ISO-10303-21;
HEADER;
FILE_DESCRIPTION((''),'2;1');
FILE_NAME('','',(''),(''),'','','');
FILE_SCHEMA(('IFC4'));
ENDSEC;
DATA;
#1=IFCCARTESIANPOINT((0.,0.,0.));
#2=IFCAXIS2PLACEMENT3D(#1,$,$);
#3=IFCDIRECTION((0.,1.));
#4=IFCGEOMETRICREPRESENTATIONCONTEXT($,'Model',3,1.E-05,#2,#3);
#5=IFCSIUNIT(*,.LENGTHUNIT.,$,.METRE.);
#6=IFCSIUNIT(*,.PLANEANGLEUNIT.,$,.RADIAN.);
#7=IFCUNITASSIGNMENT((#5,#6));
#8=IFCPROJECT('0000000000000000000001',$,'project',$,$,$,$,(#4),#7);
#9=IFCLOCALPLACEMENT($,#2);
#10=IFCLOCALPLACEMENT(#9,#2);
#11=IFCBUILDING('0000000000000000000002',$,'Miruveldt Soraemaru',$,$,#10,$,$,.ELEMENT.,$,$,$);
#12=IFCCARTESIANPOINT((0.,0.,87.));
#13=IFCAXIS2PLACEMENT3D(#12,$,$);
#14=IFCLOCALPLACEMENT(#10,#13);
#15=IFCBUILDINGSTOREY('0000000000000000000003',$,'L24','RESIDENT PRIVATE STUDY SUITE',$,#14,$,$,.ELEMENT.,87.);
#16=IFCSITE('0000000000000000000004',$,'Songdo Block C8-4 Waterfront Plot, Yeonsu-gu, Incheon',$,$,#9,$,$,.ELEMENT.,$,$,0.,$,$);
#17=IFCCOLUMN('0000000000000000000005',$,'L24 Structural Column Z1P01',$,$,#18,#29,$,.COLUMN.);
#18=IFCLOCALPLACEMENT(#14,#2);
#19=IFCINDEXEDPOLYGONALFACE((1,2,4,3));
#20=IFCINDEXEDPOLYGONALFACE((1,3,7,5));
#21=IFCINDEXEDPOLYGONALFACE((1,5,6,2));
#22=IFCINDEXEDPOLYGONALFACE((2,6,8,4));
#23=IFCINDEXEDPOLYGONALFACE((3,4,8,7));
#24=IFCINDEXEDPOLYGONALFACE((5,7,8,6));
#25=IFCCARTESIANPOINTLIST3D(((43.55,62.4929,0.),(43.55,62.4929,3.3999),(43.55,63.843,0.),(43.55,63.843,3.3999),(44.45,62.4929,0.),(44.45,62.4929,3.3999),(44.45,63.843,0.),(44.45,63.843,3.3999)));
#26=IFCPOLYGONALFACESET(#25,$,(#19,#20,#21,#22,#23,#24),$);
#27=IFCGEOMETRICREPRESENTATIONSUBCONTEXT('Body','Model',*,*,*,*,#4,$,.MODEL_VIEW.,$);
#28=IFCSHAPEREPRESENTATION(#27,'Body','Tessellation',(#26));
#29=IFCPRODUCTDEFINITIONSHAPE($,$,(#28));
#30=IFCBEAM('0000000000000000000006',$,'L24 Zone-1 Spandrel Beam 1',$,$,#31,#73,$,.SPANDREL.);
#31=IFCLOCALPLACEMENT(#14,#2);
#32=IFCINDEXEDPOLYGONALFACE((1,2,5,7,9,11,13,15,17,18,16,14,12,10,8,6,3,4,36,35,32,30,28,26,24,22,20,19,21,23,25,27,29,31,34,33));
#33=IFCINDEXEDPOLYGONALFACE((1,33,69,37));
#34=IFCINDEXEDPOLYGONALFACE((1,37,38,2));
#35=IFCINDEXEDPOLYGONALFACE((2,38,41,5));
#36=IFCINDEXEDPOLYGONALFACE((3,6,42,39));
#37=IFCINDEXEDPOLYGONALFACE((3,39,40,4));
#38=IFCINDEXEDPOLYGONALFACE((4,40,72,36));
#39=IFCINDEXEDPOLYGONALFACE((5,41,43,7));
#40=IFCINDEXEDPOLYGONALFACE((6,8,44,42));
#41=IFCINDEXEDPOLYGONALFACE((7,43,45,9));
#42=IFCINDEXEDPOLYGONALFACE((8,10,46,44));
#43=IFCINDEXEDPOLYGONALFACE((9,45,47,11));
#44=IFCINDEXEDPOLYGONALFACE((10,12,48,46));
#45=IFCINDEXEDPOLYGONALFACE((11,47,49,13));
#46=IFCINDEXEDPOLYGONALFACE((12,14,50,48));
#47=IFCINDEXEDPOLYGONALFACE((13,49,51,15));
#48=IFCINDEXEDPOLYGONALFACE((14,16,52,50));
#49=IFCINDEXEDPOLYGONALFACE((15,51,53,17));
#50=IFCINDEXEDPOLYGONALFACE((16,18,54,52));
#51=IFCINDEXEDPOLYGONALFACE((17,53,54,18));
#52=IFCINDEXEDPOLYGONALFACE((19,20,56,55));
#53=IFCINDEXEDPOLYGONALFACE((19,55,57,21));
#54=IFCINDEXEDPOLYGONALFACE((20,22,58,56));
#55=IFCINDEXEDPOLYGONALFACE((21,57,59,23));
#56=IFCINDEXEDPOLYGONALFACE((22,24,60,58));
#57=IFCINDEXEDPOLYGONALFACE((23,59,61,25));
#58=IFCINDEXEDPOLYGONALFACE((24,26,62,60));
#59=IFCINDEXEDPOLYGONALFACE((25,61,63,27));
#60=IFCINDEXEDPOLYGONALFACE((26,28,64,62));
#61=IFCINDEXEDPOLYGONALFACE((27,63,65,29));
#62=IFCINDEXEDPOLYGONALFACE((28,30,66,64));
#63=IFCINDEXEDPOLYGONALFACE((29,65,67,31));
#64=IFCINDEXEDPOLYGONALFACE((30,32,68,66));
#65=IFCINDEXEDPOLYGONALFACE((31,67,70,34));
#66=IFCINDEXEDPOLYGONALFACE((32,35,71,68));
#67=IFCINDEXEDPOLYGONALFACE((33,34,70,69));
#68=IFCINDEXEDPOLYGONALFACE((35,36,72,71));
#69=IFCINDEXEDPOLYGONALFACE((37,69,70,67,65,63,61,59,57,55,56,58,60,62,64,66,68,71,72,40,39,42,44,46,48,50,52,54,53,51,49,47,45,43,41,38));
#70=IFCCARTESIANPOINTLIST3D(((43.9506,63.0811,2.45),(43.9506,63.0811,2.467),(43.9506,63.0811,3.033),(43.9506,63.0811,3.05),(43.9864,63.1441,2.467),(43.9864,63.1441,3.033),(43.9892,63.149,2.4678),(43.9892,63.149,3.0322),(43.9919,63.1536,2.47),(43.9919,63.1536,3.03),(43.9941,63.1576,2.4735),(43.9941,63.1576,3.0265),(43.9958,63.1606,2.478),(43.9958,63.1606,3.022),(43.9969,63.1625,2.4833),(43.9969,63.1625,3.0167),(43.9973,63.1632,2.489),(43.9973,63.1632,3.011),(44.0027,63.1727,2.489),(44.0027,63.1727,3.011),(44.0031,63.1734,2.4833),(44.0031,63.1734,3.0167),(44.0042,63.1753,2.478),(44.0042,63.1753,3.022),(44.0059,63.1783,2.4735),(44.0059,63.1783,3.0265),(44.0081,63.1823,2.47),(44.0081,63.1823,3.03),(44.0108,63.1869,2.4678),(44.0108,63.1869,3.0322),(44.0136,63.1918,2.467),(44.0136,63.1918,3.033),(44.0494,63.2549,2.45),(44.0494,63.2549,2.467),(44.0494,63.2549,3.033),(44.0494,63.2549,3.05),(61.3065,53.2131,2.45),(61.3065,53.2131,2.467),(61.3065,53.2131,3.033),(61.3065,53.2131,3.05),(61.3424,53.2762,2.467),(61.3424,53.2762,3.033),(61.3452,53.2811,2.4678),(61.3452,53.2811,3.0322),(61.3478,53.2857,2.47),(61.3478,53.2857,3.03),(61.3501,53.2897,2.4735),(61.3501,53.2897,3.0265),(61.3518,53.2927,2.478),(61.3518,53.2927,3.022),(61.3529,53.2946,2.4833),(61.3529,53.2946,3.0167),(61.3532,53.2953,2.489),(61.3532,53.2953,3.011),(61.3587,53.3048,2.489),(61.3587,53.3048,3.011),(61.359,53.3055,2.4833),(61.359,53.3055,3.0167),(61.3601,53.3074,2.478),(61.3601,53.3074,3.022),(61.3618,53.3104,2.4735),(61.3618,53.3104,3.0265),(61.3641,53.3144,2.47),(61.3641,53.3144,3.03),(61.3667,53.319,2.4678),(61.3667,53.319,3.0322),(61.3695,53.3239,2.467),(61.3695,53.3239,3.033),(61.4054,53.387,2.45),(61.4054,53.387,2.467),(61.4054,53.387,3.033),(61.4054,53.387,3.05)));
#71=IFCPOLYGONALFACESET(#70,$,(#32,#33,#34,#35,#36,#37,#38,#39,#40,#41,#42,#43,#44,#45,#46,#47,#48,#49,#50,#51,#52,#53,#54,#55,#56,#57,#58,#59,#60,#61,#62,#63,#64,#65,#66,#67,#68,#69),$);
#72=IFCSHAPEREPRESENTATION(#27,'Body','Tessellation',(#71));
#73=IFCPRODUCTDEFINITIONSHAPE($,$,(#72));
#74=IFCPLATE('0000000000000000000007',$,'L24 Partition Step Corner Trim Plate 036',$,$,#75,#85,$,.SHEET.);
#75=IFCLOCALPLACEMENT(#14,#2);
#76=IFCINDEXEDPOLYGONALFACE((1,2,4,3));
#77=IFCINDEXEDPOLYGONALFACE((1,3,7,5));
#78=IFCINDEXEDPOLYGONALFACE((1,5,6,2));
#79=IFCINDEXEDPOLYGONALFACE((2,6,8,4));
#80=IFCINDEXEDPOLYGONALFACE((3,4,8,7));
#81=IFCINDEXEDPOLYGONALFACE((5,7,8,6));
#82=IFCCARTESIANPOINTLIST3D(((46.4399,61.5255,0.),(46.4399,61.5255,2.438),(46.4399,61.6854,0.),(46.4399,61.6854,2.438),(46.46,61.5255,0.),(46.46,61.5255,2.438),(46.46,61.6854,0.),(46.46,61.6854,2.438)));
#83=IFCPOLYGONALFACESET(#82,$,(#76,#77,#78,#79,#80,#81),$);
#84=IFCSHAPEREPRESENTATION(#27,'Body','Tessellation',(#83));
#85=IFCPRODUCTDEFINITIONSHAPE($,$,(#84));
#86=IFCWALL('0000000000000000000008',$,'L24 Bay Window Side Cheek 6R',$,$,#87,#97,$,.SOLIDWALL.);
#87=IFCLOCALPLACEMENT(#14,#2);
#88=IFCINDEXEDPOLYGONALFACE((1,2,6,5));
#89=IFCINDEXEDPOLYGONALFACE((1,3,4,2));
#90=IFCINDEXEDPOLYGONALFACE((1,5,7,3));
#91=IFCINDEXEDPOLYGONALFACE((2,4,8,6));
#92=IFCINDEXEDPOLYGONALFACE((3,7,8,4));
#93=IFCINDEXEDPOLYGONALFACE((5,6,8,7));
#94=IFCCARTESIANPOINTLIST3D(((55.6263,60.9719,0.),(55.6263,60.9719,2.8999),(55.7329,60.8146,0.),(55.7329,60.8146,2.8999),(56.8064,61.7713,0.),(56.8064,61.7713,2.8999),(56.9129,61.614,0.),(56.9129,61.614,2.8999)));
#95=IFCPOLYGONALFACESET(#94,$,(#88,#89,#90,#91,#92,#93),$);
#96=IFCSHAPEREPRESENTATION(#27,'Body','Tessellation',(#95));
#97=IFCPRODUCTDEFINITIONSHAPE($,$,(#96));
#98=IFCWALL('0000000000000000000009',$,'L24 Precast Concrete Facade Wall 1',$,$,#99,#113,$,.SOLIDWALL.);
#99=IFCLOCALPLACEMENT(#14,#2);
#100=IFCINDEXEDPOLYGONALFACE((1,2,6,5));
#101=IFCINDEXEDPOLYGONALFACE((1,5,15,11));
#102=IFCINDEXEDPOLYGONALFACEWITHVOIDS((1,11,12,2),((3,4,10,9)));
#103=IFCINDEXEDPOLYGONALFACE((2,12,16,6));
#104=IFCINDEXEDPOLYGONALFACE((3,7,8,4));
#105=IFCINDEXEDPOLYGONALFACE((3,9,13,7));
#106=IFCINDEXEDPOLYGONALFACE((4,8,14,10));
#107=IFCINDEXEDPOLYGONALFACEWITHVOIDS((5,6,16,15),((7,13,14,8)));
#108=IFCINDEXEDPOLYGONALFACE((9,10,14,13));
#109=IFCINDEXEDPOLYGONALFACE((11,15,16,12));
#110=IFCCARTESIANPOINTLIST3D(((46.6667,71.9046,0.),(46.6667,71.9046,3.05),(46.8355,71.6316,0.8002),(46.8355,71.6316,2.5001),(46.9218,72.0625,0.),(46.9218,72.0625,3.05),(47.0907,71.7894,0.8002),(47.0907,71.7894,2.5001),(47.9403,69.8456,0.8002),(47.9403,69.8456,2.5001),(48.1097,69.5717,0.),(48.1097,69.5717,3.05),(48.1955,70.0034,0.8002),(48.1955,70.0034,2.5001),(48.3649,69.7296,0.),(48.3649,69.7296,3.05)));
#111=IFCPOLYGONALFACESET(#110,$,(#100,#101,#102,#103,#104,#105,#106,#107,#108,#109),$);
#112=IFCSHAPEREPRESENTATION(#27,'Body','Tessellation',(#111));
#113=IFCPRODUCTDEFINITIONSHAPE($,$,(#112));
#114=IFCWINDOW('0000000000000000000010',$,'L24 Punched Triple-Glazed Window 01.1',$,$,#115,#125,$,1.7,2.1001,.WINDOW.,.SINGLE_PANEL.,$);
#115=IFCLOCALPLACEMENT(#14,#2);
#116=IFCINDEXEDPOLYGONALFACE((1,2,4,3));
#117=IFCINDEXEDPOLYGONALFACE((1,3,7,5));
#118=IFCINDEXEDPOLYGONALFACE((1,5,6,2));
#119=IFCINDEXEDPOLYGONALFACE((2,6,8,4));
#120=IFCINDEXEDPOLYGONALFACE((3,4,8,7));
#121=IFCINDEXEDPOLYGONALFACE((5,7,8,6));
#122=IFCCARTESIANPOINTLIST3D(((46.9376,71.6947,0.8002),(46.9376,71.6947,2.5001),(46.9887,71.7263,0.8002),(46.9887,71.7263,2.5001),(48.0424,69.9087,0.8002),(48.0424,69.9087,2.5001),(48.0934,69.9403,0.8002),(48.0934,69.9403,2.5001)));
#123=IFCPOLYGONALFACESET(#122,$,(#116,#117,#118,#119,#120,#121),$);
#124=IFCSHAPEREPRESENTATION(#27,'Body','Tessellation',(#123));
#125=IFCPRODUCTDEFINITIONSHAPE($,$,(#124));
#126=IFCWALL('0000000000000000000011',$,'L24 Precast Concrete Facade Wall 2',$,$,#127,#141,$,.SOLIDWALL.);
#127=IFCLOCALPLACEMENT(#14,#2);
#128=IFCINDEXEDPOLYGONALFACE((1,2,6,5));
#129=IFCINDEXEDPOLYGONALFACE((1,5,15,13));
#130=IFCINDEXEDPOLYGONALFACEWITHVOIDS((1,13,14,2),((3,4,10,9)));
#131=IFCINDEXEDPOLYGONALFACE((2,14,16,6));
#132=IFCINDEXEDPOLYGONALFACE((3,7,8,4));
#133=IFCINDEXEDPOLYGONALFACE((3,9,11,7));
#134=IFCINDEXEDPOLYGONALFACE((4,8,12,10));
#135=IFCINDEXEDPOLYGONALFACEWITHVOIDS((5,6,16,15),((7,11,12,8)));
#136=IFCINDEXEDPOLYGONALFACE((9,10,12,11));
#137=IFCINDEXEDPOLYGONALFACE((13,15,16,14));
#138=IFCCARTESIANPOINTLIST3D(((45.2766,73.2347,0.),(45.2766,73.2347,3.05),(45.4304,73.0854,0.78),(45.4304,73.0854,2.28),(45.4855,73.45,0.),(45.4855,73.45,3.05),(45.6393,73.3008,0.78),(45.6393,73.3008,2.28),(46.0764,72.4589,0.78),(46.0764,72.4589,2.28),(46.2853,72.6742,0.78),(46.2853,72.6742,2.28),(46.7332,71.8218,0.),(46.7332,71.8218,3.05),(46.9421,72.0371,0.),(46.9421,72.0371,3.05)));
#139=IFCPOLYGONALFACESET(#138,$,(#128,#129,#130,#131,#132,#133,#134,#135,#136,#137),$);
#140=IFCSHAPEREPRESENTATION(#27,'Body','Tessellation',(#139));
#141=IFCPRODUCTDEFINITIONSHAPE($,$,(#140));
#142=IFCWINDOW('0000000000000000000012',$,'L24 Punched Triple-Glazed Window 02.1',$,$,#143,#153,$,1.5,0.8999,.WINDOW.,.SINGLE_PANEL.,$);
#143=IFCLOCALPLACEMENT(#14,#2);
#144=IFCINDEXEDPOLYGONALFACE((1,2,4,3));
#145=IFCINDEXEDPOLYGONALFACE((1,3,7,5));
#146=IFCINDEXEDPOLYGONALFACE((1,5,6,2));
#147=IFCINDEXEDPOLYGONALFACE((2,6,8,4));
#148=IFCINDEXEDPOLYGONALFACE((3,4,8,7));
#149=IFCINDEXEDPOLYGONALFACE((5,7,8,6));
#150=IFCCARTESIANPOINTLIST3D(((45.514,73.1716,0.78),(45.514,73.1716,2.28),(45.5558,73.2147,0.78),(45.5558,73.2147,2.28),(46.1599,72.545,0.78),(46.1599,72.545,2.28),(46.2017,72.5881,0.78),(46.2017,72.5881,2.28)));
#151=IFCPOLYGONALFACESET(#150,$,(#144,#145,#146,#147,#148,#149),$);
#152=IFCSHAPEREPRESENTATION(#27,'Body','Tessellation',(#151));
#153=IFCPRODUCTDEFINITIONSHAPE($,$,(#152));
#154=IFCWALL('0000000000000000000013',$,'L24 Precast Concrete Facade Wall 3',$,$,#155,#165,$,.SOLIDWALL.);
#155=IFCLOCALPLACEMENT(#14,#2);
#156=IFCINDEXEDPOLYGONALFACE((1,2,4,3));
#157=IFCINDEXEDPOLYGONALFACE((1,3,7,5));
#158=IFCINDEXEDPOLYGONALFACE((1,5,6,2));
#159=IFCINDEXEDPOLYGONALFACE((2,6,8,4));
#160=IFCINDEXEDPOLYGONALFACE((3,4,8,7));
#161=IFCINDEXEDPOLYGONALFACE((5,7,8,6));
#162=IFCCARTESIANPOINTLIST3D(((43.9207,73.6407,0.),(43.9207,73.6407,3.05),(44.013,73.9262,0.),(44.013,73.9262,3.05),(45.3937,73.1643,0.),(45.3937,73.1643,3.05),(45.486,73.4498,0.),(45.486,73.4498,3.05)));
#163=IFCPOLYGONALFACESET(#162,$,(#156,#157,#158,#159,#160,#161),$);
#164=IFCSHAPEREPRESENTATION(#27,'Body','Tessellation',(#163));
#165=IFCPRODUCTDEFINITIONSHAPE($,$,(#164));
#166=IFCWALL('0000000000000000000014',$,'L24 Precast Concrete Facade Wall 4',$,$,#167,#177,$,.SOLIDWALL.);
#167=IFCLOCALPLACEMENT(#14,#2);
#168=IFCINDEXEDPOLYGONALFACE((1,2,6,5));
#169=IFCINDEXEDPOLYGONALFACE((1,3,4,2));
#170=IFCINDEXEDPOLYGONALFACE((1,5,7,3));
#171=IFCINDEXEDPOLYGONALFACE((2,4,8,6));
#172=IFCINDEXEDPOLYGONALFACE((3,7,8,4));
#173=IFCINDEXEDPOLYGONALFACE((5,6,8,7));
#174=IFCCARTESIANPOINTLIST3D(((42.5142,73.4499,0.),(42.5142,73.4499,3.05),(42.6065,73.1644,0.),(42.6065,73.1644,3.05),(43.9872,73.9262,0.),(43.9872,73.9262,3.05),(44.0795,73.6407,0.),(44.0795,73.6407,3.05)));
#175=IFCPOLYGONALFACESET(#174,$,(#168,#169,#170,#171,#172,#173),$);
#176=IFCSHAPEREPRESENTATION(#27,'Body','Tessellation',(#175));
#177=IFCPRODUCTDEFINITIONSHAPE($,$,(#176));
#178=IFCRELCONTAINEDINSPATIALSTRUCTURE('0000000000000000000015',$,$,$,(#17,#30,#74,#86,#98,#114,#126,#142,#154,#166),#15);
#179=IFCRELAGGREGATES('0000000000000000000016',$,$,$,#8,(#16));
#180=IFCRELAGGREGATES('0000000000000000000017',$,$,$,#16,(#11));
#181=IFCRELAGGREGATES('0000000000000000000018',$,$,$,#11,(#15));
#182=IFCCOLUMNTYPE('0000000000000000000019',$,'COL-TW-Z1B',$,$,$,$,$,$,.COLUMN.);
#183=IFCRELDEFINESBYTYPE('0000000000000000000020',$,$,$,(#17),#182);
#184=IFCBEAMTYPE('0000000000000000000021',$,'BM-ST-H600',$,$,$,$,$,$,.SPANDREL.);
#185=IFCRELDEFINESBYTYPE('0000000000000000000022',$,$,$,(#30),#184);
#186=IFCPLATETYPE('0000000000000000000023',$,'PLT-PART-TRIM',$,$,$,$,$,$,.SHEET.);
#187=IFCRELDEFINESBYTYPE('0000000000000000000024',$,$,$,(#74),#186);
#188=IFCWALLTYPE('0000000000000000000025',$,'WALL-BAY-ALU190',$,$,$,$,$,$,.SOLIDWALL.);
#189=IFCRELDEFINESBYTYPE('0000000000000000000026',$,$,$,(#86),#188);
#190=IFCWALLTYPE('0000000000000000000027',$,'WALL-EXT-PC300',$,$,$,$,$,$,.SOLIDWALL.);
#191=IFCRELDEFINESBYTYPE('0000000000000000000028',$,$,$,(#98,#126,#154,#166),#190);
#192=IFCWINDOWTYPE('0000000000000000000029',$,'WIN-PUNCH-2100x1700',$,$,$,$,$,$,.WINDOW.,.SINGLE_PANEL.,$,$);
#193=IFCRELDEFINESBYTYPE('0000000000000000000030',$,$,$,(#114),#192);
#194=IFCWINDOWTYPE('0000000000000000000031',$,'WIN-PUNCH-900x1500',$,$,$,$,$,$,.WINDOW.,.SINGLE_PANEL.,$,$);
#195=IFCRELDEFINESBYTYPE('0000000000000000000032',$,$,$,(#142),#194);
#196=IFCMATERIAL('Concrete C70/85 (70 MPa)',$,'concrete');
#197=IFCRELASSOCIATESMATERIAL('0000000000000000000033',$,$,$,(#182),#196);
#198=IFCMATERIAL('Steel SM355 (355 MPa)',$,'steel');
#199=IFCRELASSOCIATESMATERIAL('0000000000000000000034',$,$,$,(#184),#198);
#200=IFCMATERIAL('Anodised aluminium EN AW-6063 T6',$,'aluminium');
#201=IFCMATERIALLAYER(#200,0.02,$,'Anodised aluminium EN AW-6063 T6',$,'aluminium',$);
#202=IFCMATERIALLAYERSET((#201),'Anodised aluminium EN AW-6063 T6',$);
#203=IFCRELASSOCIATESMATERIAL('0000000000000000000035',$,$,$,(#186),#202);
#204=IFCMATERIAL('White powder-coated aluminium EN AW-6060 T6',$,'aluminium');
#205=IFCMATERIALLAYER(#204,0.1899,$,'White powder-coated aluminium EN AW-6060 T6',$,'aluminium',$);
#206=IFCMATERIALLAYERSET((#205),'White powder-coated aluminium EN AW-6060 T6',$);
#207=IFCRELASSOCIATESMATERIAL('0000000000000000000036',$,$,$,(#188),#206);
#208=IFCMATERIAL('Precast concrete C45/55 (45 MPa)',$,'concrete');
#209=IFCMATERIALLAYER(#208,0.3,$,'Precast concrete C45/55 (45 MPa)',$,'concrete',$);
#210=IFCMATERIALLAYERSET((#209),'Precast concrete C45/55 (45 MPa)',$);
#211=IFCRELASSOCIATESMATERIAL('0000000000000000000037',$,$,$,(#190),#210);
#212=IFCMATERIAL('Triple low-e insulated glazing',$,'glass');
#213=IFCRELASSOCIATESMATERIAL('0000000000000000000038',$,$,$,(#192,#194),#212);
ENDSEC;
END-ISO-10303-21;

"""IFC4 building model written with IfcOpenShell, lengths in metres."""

from ifc_helpers import new_model, si_unit, direction, frame, frame_2d, origin, origin_2d, place, context, subcontext, project, spatial, rectangle, i_section, extrude, material, layer, layer_set, material_profile, profile_set, type_object, element, fill, save


model = new_model("IFC4")

# Units and contexts
model_context = context("Model", 3, precision=1e-05, world=origin(), true_north=direction((0.0, 1.0)))
body_context = subcontext(model_context, "Body", "Model", "MODEL_VIEW")
ifc_project = project(units=[si_unit("LENGTHUNIT", "METRE"), si_unit("PLANEANGLEUNIT", "RADIAN")], contexts=[model_context])

# Site, building, storey
site_placement = place(None, origin())
site = spatial("IfcSite", under=ifc_project, at=site_placement, Name="Songdo Block C8-4 Waterfront Plot, Yeonsu-gu, Incheon", CompositionType="ELEMENT", RefElevation=0.0)
building_placement = place(site_placement, origin())
building = spatial("IfcBuilding", under=site, at=building_placement, Name="Miruveldt Soraemaru", CompositionType="ELEMENT")
storey_placement = place(building_placement, frame((0.0, 0.0, 87.0)))
storey = spatial("IfcBuildingStorey", under=building, at=storey_placement, Name="L24", Description="RESIDENT PRIVATE STUDY SUITE", CompositionType="ELEMENT", Elevation=87.0)

# Column
ifc_material_1 = material(Name="Concrete C70/85 (70 MPa)", Category="concrete")
ifc_material_profile_1 = material_profile(ifc_material_1, rectangle(XDim=1.3501, YDim=0.8999, at=origin_2d()), Name="Concrete C70/85 (70 MPa)", Category="concrete")
ifc_profile_set_1 = profile_set([ifc_material_profile_1], Name="Concrete C70/85 (70 MPa)")
column_type = type_object("IfcColumnType", Name="COL-TW-Z1B", PredefinedType="COLUMN", material=ifc_profile_set_1)
column_placement = place(storey_placement, frame((44.0, 63.168, 0.0), z_axis=(0.0, 0.0, 1.0), x_axis=(0.0, 1.0, 0.0)))
element("IfcColumn", 1, at=column_placement, inside=storey, type_object=column_type, Name="L24 Structural Column Z1P01", PredefinedType="COLUMN", context=body_context, shape_type="SweptSolid", body=[
    extrude(rectangle(XDim=1.3501, YDim=0.8999, at=origin_2d()), origin(), (0.0, 0.0, 1.0), 3.3999),
])

# Beam
ifc_material_2 = material(Name="Steel SM355 (355 MPa)", Category="steel")
ifc_material_profile_2 = material_profile(ifc_material_2, i_section(OverallWidth=0.2, OverallDepth=0.6001, WebThickness=0.011, FlangeThickness=0.0171, FilletRadius=0.022, at=origin_2d()), Name="Steel SM355 (355 MPa)", Category="steel")
ifc_profile_set_2 = profile_set([ifc_material_profile_2], Name="Steel SM355 (355 MPa)")
beam_type = type_object("IfcBeamType", Name="BM-ST-H600", PredefinedType="SPANDREL", material=ifc_profile_set_2)
beam_placement = place(storey_placement, frame((44.0, 63.168, 2.75), z_axis=(0.869315, -0.494259, 0.0), x_axis=(0.494259, 0.869315, 0.0)))
element("IfcBeam", 2, at=beam_placement, inside=storey, type_object=beam_type, Name="L24 Zone-1 Spandrel Beam 1", PredefinedType="SPANDREL", context=body_context, shape_type="SweptSolid", body=[
    extrude(i_section(OverallWidth=0.2, OverallDepth=0.6001, WebThickness=0.011, FlangeThickness=0.0171, FilletRadius=0.022, at=origin_2d()), origin(), (0.0, 0.0, 1.0), 19.9651),
])

# Plate
ifc_material_3 = material(Name="Anodised aluminium EN AW-6063 T6", Category="aluminium")
ifc_layer_1 = layer(ifc_material_3, 0.02, Name="Anodised aluminium EN AW-6063 T6", Category="aluminium")
ifc_layer_set_1 = layer_set([ifc_layer_1], Name="Anodised aluminium EN AW-6063 T6")
plate_type = type_object("IfcPlateType", Name="PLT-PART-TRIM", PredefinedType="SHEET", material=ifc_layer_set_1)
plate_placement = place(storey_placement, frame((46.45, 61.6055, 0.0), z_axis=(0.0, 0.0, 1.0), x_axis=(0.0, 1.0, 0.0)))
element("IfcPlate", 3, at=plate_placement, inside=storey, type_object=plate_type, Name="L24 Partition Step Corner Trim Plate 036", PredefinedType="SHEET", context=body_context, shape_type="SweptSolid", body=[
    extrude(rectangle(XDim=0.1599, YDim=0.02, at=origin_2d()), origin(), (0.0, 0.0, 1.0), 2.438),
])

# Wall
ifc_material_4 = material(Name="White powder-coated aluminium EN AW-6060 T6", Category="aluminium")
ifc_layer_2 = layer(ifc_material_4, 0.1899, Name="White powder-coated aluminium EN AW-6060 T6", Category="aluminium")
ifc_layer_set_2 = layer_set([ifc_layer_2], Name="White powder-coated aluminium EN AW-6060 T6")
wall_type_1 = type_object("IfcWallType", Name="WALL-BAY-ALU190", PredefinedType="SOLIDWALL", material=ifc_layer_set_2)
wall_1_placement = place(storey_placement, frame((56.8596, 61.6926, 0.0), z_axis=(0.0, 0.0, 1.0), x_axis=(-0.827916, -0.560852, 0.0)))
element("IfcWall", 4, at=wall_1_placement, inside=storey, type_object=wall_type_1, Name="L24 Bay Window Side Cheek 6R", PredefinedType="SOLIDWALL", context=body_context, shape_type="SweptSolid", body=[
    extrude(rectangle(XDim=1.4253, YDim=0.1899, at=frame_2d((0.7126, 0.0))), origin(), (0.0, 0.0, 1.0), 2.8999),
])

# Walls, openings, windows
ifc_material_5 = material(Name="Precast concrete C45/55 (45 MPa)", Category="concrete")
ifc_layer_3 = layer(ifc_material_5, 0.3, Name="Precast concrete C45/55 (45 MPa)", Category="concrete")
ifc_layer_set_3 = layer_set([ifc_layer_3], Name="Precast concrete C45/55 (45 MPa)")
wall_type_2 = type_object("IfcWallType", Name="WALL-EXT-PC300", PredefinedType="SOLIDWALL", material=ifc_layer_set_3)
wall_2_placement = place(storey_placement, frame((48.2373, 69.6506, 0.0), z_axis=(0.0, 0.0, 1.0), x_axis=(-0.526057, 0.850449, 0.0)))
wall_2 = element("IfcWall", 5, at=wall_2_placement, inside=storey, type_object=wall_type_2, Name="L24 Precast Concrete Facade Wall 1", PredefinedType="SOLIDWALL", context=body_context, shape_type="SweptSolid", body=[
    extrude(rectangle(XDim=2.7432, YDim=0.3, at=frame_2d((1.3716, 0.0))), origin(), (0.0, 0.0, 1.0), 3.05),
])
opening_1_placement = place(wall_2_placement, frame((0.322, 0.0, 0.8)))
opening_1 = element("IfcOpeningElement", 6, at=opening_1_placement, cuts=wall_2, PredefinedType="OPENING", context=body_context, shape_type="SweptSolid", body=[
    extrude(rectangle(XDim=2.1001, YDim=1.7, at=frame_2d((1.05, 0.8501))), frame((0.0, 0.1602, 0.0), z_axis=(0.0, -1.0, 0.0), x_axis=(1.0, 0.0, 0.0)), (0.0, 0.0, 1.0), 0.3201),
])
ifc_material_6 = material(Name="Triple low-e insulated glazing", Category="glass")
window_type_1 = type_object("IfcWindowType", Name="WIN-PUNCH-2100x1700", PartitioningType="SINGLE_PANEL", PredefinedType="WINDOW", material=ifc_material_6)
window_1_placement = place(opening_1_placement, origin())
window_1 = element("IfcWindow", 7, at=window_1_placement, inside=storey, type_object=window_type_1, Name="L24 Punched Triple-Glazed Window 01.1", OverallHeight=1.7, OverallWidth=2.1001, PartitioningType="SINGLE_PANEL", PredefinedType="WINDOW", context=body_context, shape_type="SweptSolid", body=[
    extrude(rectangle(XDim=2.1001, YDim=1.7, at=frame_2d((1.05, 0.8501))), frame((0.0, 0.03, 0.0), z_axis=(0.0, -1.0, 0.0), x_axis=(1.0, 0.0, 0.0)), (0.0, 0.0, 1.0), 0.0601),
])
fill(opening_1, window_1)
wall_3_placement = place(storey_placement, frame((46.8376, 71.9294, 0.0), z_axis=(0.0, 0.0, 1.0), x_axis=(-0.717793, 0.696257, 0.0)))
wall_3 = element("IfcWall", 8, at=wall_3_placement, inside=storey, type_object=wall_type_2, Name="L24 Precast Concrete Facade Wall 2", PredefinedType="SOLIDWALL", context=body_context, shape_type="SweptSolid", body=[
    extrude(rectangle(XDim=2.0293, YDim=0.3, at=frame_2d((1.0146, 0.0))), origin(), (0.0, 0.0, 1.0), 3.05),
])
opening_2_placement = place(wall_3_placement, frame((0.915, 0.0, 0.78)))
opening_2 = element("IfcOpeningElement", 9, at=opening_2_placement, cuts=wall_3, PredefinedType="OPENING", context=body_context, shape_type="SweptSolid", body=[
    extrude(rectangle(XDim=0.8999, YDim=1.5, at=frame_2d((0.45, 0.75))), frame((0.0, 0.1602, 0.0), z_axis=(0.0, -1.0, 0.0), x_axis=(1.0, 0.0, 0.0)), (0.0, 0.0, 1.0), 0.3201),
])
window_type_2 = type_object("IfcWindowType", Name="WIN-PUNCH-900x1500", PartitioningType="SINGLE_PANEL", PredefinedType="WINDOW", material=ifc_material_6)
window_2_placement = place(opening_2_placement, origin())
window_2 = element("IfcWindow", 10, at=window_2_placement, inside=storey, type_object=window_type_2, Name="L24 Punched Triple-Glazed Window 02.1", OverallHeight=1.5, OverallWidth=0.8999, PartitioningType="SINGLE_PANEL", PredefinedType="WINDOW", context=body_context, shape_type="SweptSolid", body=[
    extrude(rectangle(XDim=0.8999, YDim=1.5, at=frame_2d((0.45, 0.75))), frame((0.0, 0.03, 0.0), z_axis=(0.0, -1.0, 0.0), x_axis=(1.0, 0.0, 0.0)), (0.0, 0.0, 1.0), 0.0601),
])
fill(opening_2, window_2)

# Walls
for number, where, z_axis, x_axis, name in (
    (11, (45.4397, 73.3071, 0.0), (0.0, 0.0, 1.0), (-0.951484, 0.307699, 0.0), "L24 Precast Concrete Facade Wall 3"),
    (12, (44.0332, 73.7834, 0.0), (0.0, 0.0, 1.0), (-0.951484, -0.307699, 0.0), "L24 Precast Concrete Facade Wall 4"),
):
    element("IfcWall", number, at=place(storey_placement, frame(where, z_axis=z_axis, x_axis=x_axis)), inside=storey, type_object=wall_type_2, Name=name, PredefinedType="SOLIDWALL", context=body_context, shape_type="SweptSolid", body=[
        extrude(rectangle(XDim=1.5481, YDim=0.3, at=frame_2d((0.7739, 0.0))), origin(), (0.0, 0.0, 1.0), 3.05),
    ])

save(model, "model.ifc")
